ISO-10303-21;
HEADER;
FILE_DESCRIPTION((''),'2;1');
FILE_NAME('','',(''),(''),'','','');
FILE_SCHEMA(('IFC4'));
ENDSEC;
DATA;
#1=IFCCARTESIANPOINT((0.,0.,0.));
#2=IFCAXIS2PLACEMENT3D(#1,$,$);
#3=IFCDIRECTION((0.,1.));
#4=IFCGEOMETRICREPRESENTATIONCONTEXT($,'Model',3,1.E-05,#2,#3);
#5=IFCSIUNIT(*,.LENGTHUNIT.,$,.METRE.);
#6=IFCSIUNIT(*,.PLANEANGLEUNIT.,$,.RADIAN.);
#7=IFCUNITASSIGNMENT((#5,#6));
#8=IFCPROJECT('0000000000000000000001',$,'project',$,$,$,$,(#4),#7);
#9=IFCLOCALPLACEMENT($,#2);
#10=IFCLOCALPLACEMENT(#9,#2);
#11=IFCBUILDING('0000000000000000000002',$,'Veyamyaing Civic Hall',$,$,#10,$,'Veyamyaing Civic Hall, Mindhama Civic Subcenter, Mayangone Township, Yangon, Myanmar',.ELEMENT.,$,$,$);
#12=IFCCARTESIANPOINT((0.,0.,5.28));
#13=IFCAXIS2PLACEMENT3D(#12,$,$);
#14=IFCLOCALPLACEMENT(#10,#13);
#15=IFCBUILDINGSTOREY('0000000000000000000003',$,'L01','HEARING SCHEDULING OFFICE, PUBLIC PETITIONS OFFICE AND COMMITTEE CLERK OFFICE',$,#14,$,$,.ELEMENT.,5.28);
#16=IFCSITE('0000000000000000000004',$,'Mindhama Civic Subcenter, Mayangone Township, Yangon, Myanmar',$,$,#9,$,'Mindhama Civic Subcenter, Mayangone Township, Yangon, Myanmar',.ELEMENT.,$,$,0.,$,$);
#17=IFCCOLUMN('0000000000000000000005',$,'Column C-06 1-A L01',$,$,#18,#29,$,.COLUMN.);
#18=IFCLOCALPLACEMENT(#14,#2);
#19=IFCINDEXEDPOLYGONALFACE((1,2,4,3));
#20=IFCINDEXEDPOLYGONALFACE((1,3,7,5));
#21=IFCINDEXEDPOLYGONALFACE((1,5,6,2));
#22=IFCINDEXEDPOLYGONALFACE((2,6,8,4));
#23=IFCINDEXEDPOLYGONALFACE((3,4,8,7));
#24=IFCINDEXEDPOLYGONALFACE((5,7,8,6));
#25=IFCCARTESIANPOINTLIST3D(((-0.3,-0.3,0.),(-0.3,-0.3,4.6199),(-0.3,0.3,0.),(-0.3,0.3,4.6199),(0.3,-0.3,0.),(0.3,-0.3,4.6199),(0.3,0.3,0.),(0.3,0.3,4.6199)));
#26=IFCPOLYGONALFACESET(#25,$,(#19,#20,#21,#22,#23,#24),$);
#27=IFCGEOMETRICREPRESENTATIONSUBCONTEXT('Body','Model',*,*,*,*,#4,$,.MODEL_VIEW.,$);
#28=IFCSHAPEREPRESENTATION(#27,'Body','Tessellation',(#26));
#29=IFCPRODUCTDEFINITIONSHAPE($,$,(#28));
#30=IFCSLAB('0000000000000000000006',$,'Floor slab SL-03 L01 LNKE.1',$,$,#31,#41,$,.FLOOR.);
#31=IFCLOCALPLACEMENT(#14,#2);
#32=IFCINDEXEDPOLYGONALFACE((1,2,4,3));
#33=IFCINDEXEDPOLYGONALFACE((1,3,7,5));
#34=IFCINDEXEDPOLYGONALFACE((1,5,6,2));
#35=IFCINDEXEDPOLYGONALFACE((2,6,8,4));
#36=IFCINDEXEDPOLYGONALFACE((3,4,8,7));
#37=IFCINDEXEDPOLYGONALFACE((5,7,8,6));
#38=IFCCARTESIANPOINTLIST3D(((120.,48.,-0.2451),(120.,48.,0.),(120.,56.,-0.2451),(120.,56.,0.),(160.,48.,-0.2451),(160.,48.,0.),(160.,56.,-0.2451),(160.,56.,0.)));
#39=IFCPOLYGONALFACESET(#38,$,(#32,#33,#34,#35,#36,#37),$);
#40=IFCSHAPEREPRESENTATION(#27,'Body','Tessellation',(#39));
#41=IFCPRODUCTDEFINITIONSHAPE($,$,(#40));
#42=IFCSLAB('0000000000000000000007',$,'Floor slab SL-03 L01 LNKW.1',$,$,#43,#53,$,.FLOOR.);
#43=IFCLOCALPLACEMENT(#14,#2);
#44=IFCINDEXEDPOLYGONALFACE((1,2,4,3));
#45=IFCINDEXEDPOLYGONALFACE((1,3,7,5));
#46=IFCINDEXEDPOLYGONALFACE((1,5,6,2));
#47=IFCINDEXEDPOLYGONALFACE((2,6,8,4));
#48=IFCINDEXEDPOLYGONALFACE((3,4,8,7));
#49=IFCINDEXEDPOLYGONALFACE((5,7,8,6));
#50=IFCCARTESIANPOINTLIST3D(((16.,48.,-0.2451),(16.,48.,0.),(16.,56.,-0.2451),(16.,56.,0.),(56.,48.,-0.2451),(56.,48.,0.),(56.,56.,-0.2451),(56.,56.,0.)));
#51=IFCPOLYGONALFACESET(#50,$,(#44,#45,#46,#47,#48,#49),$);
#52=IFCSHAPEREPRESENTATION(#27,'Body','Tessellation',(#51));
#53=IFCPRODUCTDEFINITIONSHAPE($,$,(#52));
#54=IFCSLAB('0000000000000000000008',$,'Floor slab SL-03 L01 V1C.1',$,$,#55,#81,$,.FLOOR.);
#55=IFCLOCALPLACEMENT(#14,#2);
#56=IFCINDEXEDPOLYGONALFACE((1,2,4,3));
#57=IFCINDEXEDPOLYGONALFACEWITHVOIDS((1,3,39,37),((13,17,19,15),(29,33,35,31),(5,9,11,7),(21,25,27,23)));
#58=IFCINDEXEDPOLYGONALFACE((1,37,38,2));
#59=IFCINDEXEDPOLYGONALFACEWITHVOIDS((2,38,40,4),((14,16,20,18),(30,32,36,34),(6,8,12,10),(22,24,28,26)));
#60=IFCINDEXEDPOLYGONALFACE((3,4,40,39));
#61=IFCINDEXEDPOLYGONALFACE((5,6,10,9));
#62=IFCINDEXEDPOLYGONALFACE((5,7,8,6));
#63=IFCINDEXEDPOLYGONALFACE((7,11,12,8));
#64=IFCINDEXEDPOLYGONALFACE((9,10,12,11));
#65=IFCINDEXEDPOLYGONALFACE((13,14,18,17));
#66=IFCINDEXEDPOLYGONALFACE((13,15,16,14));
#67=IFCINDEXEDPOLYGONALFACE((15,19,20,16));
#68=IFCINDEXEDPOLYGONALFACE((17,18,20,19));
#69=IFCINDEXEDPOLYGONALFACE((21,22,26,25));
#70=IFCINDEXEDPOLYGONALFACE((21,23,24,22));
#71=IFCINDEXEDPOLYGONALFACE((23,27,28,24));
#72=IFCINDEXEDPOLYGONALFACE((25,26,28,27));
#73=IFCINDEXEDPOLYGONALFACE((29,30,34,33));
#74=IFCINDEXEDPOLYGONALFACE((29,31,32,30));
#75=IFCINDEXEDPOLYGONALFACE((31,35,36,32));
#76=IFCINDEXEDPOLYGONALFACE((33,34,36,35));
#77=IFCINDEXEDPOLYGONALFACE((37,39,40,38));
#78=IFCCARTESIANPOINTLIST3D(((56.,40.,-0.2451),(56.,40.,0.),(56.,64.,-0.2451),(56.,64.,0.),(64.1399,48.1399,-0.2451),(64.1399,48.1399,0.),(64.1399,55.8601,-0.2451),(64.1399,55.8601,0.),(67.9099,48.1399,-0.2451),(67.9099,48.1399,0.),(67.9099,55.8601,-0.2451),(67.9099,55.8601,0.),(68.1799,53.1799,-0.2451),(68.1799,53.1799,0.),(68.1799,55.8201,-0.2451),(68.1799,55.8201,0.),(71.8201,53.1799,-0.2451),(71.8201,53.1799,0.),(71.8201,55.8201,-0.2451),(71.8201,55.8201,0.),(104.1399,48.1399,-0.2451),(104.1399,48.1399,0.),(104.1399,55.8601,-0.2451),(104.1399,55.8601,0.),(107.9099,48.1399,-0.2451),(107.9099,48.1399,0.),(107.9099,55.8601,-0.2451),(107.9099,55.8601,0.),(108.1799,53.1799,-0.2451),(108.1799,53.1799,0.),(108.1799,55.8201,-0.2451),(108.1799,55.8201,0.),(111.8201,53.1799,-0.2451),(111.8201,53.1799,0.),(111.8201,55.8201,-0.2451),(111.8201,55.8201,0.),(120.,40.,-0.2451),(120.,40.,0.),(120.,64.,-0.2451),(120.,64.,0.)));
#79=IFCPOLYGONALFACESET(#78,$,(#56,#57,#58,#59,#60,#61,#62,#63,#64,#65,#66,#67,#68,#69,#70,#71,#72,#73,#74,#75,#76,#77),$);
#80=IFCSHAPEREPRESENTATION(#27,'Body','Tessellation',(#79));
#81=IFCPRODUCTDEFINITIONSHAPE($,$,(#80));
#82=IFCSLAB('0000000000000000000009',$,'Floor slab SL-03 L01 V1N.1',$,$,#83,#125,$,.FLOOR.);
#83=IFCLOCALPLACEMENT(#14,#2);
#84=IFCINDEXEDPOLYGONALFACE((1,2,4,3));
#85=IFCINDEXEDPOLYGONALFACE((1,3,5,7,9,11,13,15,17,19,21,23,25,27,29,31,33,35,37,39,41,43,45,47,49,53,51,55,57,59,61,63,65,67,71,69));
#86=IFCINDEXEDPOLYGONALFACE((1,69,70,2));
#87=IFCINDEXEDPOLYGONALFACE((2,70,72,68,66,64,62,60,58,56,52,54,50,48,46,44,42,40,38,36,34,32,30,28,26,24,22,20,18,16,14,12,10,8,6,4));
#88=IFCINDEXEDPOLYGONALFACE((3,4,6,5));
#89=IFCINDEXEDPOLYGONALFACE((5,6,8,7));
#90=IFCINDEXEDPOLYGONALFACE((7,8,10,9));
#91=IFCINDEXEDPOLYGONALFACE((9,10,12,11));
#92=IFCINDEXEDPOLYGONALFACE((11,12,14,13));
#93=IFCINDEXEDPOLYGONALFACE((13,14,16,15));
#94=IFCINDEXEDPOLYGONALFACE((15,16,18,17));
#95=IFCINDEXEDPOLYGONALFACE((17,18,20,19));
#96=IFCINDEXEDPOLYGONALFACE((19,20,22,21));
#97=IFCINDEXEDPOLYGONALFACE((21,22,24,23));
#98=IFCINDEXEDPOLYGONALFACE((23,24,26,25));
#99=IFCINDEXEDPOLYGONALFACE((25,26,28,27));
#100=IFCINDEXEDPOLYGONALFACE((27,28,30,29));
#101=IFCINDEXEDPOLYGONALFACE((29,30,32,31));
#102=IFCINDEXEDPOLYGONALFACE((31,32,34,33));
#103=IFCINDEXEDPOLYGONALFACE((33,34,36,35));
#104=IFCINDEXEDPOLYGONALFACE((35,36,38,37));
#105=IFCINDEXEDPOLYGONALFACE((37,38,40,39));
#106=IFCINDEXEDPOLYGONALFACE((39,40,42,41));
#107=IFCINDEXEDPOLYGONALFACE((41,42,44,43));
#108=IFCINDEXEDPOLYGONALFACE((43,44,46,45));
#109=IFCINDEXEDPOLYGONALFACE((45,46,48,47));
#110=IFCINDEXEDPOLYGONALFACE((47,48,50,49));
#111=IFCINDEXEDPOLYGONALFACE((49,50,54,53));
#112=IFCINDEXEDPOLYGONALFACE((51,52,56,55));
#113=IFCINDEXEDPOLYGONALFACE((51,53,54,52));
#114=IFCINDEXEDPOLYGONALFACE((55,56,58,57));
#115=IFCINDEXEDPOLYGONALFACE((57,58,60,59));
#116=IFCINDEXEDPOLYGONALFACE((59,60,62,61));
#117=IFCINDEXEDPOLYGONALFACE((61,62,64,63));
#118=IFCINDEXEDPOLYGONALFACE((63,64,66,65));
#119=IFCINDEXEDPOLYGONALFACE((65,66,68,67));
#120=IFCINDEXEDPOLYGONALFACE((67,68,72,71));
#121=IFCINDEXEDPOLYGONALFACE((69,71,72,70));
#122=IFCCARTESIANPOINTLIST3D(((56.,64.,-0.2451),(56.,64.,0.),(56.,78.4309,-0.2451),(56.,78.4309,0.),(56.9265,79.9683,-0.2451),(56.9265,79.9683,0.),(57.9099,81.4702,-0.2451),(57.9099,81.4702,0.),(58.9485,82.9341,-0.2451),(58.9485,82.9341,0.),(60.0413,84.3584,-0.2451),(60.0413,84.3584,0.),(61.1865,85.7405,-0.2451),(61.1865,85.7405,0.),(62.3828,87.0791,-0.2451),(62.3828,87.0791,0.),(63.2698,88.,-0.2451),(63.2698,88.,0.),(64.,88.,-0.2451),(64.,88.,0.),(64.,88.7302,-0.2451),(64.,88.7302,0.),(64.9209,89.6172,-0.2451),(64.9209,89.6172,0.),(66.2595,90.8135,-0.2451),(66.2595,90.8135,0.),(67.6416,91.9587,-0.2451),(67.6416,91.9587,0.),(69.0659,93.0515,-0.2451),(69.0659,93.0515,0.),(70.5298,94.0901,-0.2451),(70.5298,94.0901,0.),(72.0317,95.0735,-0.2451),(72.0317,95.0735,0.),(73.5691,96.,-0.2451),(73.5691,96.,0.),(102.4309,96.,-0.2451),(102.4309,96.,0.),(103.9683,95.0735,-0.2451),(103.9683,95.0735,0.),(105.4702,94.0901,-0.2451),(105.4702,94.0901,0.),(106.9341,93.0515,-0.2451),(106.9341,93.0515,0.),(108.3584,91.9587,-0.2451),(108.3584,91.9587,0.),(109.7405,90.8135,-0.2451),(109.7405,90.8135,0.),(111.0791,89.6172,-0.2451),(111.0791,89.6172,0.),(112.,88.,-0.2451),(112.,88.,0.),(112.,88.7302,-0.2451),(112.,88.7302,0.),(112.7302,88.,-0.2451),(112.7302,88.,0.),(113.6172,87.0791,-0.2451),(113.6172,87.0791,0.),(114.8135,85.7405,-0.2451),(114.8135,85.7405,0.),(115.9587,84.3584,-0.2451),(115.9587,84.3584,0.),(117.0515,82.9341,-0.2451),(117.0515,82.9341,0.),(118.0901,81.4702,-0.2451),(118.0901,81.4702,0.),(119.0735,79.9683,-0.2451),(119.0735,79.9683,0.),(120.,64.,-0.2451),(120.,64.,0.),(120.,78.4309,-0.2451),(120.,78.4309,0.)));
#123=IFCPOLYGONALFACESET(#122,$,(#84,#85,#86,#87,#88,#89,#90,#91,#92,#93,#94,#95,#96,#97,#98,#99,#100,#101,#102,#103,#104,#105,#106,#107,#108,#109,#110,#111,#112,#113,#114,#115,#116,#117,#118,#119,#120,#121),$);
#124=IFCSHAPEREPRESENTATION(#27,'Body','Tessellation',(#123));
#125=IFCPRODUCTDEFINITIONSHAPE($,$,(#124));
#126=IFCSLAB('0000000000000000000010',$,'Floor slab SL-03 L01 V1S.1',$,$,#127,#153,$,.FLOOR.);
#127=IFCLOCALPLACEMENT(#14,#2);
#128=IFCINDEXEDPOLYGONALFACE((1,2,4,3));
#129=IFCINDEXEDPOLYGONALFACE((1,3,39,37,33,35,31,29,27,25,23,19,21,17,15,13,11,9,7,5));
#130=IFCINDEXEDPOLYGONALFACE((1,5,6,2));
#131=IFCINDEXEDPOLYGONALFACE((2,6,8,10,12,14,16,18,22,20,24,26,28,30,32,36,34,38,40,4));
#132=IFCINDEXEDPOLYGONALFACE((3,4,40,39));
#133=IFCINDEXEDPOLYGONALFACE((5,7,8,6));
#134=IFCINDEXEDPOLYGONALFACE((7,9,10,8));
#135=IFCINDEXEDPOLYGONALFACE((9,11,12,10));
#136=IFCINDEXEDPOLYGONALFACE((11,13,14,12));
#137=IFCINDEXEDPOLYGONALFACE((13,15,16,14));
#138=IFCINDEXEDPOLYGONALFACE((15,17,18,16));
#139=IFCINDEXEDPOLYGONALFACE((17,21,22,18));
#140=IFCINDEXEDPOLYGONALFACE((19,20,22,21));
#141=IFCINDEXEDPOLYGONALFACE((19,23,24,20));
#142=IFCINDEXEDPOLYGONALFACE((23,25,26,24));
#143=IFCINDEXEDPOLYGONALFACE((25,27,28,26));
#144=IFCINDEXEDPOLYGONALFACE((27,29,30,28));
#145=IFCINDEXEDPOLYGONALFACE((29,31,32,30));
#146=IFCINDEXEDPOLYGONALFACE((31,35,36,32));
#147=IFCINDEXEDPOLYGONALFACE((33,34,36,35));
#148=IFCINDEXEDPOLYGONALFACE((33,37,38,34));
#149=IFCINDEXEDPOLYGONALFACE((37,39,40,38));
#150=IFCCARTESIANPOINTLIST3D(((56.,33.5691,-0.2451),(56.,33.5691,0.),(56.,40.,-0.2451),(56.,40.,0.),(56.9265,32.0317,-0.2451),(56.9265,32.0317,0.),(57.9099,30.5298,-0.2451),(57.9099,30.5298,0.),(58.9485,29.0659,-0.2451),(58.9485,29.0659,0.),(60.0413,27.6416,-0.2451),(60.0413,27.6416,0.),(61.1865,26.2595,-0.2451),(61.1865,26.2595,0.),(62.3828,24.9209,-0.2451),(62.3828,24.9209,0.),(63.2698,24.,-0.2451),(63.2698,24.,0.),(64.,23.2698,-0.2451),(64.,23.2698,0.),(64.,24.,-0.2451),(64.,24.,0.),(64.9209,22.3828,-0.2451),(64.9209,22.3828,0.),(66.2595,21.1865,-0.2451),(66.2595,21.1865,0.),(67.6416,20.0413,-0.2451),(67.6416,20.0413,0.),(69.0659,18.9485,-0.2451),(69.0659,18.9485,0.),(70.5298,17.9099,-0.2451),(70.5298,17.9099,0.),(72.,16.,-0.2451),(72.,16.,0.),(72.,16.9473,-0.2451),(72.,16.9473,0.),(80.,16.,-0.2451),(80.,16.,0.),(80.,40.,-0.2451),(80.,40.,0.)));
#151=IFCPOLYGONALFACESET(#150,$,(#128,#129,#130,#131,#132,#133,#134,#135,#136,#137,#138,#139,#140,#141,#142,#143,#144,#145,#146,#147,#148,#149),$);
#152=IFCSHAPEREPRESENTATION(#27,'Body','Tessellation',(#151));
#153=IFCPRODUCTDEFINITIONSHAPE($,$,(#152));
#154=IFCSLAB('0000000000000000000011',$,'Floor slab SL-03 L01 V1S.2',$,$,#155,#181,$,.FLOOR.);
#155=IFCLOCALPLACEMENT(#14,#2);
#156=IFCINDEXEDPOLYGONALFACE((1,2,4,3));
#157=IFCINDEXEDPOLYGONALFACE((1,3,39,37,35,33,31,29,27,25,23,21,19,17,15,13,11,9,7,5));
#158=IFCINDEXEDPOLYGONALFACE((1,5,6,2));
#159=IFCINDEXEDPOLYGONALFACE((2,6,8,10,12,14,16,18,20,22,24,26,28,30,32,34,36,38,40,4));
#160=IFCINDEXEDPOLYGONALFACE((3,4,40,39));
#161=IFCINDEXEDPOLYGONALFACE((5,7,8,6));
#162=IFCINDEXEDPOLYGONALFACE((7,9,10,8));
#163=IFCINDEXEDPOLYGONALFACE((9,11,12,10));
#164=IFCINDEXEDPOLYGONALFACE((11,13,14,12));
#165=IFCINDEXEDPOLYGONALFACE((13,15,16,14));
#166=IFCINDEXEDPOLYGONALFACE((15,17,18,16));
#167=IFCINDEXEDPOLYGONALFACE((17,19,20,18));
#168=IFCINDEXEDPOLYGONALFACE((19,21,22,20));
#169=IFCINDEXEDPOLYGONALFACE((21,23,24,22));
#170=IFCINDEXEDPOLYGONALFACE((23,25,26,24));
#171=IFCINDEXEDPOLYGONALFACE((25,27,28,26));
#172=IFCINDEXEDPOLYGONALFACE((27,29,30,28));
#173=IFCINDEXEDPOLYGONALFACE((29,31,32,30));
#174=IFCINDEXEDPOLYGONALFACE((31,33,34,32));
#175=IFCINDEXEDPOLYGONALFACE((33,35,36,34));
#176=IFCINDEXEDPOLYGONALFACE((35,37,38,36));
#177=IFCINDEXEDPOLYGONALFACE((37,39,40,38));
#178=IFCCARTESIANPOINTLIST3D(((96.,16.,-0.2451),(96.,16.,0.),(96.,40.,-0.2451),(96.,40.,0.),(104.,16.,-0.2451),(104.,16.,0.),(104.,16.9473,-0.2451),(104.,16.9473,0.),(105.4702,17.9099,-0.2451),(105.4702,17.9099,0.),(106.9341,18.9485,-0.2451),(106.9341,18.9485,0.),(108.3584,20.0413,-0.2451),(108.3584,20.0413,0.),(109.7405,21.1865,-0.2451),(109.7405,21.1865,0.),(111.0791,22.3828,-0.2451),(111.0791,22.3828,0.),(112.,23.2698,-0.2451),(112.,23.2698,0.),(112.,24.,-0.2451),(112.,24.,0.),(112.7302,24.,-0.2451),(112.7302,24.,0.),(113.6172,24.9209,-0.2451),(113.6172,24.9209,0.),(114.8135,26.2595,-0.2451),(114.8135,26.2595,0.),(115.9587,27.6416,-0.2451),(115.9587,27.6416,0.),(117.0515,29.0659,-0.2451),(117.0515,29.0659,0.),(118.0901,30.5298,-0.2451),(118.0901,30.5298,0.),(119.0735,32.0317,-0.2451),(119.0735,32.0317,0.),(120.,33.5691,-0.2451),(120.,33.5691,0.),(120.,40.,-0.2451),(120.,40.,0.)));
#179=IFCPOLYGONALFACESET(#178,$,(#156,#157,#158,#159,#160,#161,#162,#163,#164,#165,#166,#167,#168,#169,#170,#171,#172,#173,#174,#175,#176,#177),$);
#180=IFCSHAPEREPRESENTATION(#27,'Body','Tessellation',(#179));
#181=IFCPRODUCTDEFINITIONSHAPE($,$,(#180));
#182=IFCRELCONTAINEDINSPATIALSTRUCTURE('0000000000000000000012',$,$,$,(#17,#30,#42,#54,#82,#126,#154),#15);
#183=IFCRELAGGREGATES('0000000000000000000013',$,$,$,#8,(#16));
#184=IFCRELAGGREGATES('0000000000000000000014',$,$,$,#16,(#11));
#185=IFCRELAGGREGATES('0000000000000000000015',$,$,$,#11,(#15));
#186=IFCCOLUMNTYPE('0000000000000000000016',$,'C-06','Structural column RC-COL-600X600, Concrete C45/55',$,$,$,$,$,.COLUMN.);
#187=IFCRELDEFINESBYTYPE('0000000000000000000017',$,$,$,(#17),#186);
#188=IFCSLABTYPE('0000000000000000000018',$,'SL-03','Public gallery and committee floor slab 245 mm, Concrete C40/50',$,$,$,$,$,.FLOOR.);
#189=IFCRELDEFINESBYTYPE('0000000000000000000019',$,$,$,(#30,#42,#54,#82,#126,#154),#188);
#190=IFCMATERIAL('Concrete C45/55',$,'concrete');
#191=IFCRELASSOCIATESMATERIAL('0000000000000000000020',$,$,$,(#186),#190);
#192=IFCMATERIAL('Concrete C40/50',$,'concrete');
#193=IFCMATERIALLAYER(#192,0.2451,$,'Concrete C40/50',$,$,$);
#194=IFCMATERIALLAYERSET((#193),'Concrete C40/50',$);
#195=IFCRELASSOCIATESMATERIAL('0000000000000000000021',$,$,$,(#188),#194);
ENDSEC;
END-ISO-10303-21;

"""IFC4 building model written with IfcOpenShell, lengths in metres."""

from ifc_helpers import new_model, si_unit, direction, frame, origin, origin_with_axes, origin_2d, place, context, subcontext, project, spatial, polyline, rectangle, outline, extrude, material, layer, layer_set, material_profile, profile_set, type_object, element, save


model = new_model("IFC4")

# Units and contexts
model_context = context("Model", 3, precision=1e-05, world=origin(), true_north=direction((0.0, 1.0)))
body_context = subcontext(model_context, "Body", "Model", "MODEL_VIEW")
ifc_project = project(units=[si_unit("LENGTHUNIT", "METRE"), si_unit("PLANEANGLEUNIT", "RADIAN")], contexts=[model_context])

# Site, building, storey
site_placement = place(None, origin())
site = spatial("IfcSite", under=ifc_project, at=site_placement, Name="Mindhama Civic Subcenter, Mayangone Township, Yangon, Myanmar", LongName="Mindhama Civic Subcenter, Mayangone Township, Yangon, Myanmar", CompositionType="ELEMENT", RefElevation=0.0)
building_placement = place(site_placement, origin())
building = spatial("IfcBuilding", under=site, at=building_placement, Name="Veyamyaing Civic Hall", LongName="Veyamyaing Civic Hall, Mindhama Civic Subcenter, Mayangone Township, Yangon, Myanmar", CompositionType="ELEMENT")
storey_placement = place(building_placement, frame((0.0, 0.0, 5.28)))
storey = spatial("IfcBuildingStorey", under=building, at=storey_placement, Name="L01", Description="HEARING SCHEDULING OFFICE, PUBLIC PETITIONS OFFICE AND COMMITTEE CLERK OFFICE", CompositionType="ELEMENT", Elevation=5.28)

# Column
ifc_material_1 = material(Name="Concrete C45/55", Category="concrete")
ifc_material_profile = material_profile(ifc_material_1, rectangle(XDim=0.6001, YDim=0.6001, at=origin_2d()), Name="RC-COL-600X600")
ifc_profile_set = profile_set([ifc_material_profile], Name="Concrete C45/55")
column_type = type_object("IfcColumnType", Name="C-06", Description="Structural column RC-COL-600X600, Concrete C45/55", PredefinedType="COLUMN", material=ifc_profile_set)
column_placement = place(storey_placement, origin_with_axes())
element("IfcColumn", 1, at=column_placement, inside=storey, type_object=column_type, Name="Column C-06 1-A L01", PredefinedType="COLUMN", context=body_context, shape_type="SweptSolid", body=[
    extrude(rectangle(XDim=0.6001, YDim=0.6001, at=origin_2d()), origin(), (0.0, 0.0, 1.0), 4.6199),
])

# Slabs
ifc_material_2 = material(Name="Concrete C40/50", Category="concrete")
ifc_layer_1 = layer(ifc_material_2, 0.2451, Name="Concrete C40/50")
ifc_layer_set_1 = layer_set([ifc_layer_1], Name="Concrete C40/50")
slab_type_1 = type_object("IfcSlabType", Name="SL-03", Description="Public gallery and committee floor slab 245 mm, Concrete C40/50", PredefinedType="FLOOR", material=ifc_layer_set_1)
slab_1_placement = place(storey_placement, frame((0.0, 0.0, -0.2451)))
element("IfcSlab", 2, at=slab_1_placement, inside=storey, type_object=slab_type_1, Name="Floor slab SL-03 L01 LNKE.1", PredefinedType="FLOOR", context=body_context, shape_type="SweptSolid", body=[
    extrude(outline(polyline([(120.0, 56.0), (160.0, 56.0), (160.0, 48.0), (120.0, 48.0), (120.0, 56.0)])), origin(), (0.0, 0.0, 1.0), 0.2451),
])
slab_2_placement = place(storey_placement, frame((0.0, 0.0, -0.2451)))
element("IfcSlab", 3, at=slab_2_placement, inside=storey, type_object=slab_type_1, Name="Floor slab SL-03 L01 LNKW.1", PredefinedType="FLOOR", context=body_context, shape_type="SweptSolid", body=[
    extrude(outline(polyline([(16.0, 56.0), (56.0, 56.0), (56.0, 48.0), (16.0, 48.0), (16.0, 56.0)])), origin(), (0.0, 0.0, 1.0), 0.2451),
])
slab_3_placement = place(storey_placement, frame((0.0, 0.0, -0.2451)))
element("IfcSlab", 4, at=slab_3_placement, inside=storey, type_object=slab_type_1, Name="Floor slab SL-03 L01 V1C.1", PredefinedType="FLOOR", context=body_context, shape_type="SweptSolid", body=[
    extrude(outline(polyline([(56.0, 64.0), (120.0, 64.0), (120.0, 40.0), (56.0, 40.0), (56.0, 64.0)]), holes=[polyline([(67.9099, 55.8601), (64.1399, 55.8601), (64.1399, 48.1399), (67.9099, 48.1399), (67.9099, 55.8601)]), polyline([(71.8201, 55.8201), (68.1799, 55.8201), (68.1799, 53.1799), (71.8201, 53.1799), (71.8201, 55.8201)]), polyline([(107.9099, 55.8601), (104.1399, 55.8601), (104.1399, 48.1399), (107.9099, 48.1399), (107.9099, 55.8601)]), polyline([(111.8201, 55.8201), (108.1799, 55.8201), (108.1799, 53.1799), (111.8201, 53.1799), (111.8201, 55.8201)])]), origin(), (0.0, 0.0, 1.0), 0.2451),
])
slab_4_placement = place(storey_placement, frame((0.0, 0.0, -0.2451)))
element("IfcSlab", 5, at=slab_4_placement, inside=storey, type_object=slab_type_1, Name="Floor slab SL-03 L01 V1N.1", PredefinedType="FLOOR", context=body_context, shape_type="SweptSolid", body=[
    extrude(outline(polyline([(64.0, 88.7302), (64.9209, 89.6172), (66.2595, 90.8135), (67.6416, 91.9587), (69.0659, 93.0515), (70.5298, 94.0901), (72.0317, 95.0735), (73.5691, 96.0), (102.4309, 96.0), (103.9683, 95.0735), (105.4702, 94.0901), (106.9341, 93.0515), (108.3584, 91.9587), (109.7405, 90.8135), (111.0791, 89.6172), (112.0, 88.7302), (112.0, 88.0), (112.7302, 88.0), (113.6172, 87.0791), (114.8135, 85.7405), (115.9587, 84.3584), (117.0515, 82.9341), (118.0901, 81.4702), (119.0735, 79.9683), (120.0, 78.4309), (120.0, 64.0), (56.0, 64.0), (56.0, 78.4309), (56.9265, 79.9683), (57.9099, 81.4702), (58.9485, 82.9341), (60.0413, 84.3584), (61.1865, 85.7405), (62.3828, 87.0791), (63.2698, 88.0), (64.0, 88.0), (64.0, 88.7302)])), origin(), (0.0, 0.0, 1.0), 0.2451),
])
slab_5_placement = place(storey_placement, frame((0.0, 0.0, -0.2451)))
element("IfcSlab", 6, at=slab_5_placement, inside=storey, type_object=slab_type_1, Name="Floor slab SL-03 L01 V1S.1", PredefinedType="FLOOR", context=body_context, shape_type="SweptSolid", body=[
    extrude(outline(polyline([(56.0, 40.0), (80.0, 40.0), (80.0, 16.0), (72.0, 16.0), (72.0, 16.9473), (70.5298, 17.9099), (69.0659, 18.9485), (67.6416, 20.0413), (66.2595, 21.1865), (64.9209, 22.3828), (64.0, 23.2698), (64.0, 24.0), (63.2698, 24.0), (62.3828, 24.9209), (61.1865, 26.2595), (60.0413, 27.6416), (58.9485, 29.0659), (57.9099, 30.5298), (56.9265, 32.0317), (56.0, 33.5691), (56.0, 40.0)])), origin(), (0.0, 0.0, 1.0), 0.2451),
])
slab_6_placement = place(storey_placement, frame((0.0, 0.0, -0.2451)))
element("IfcSlab", 7, at=slab_6_placement, inside=storey, type_object=slab_type_1, Name="Floor slab SL-03 L01 V1S.2", PredefinedType="FLOOR", context=body_context, shape_type="SweptSolid", body=[
    extrude(outline(polyline([(96.0, 40.0), (120.0, 40.0), (120.0, 33.5691), (119.0735, 32.0317), (118.0901, 30.5298), (117.0515, 29.0659), (115.9587, 27.6416), (114.8135, 26.2595), (113.6172, 24.9209), (112.7302, 24.0), (112.0, 24.0), (112.0, 23.2698), (111.0791, 22.3828), (109.7405, 21.1865), (108.3584, 20.0413), (106.9341, 18.9485), (105.4702, 17.9099), (104.0, 16.9473), (104.0, 16.0), (96.0, 16.0), (96.0, 40.0)])), origin(), (0.0, 0.0, 1.0), 0.2451),
])

save(model, "model.ifc")
